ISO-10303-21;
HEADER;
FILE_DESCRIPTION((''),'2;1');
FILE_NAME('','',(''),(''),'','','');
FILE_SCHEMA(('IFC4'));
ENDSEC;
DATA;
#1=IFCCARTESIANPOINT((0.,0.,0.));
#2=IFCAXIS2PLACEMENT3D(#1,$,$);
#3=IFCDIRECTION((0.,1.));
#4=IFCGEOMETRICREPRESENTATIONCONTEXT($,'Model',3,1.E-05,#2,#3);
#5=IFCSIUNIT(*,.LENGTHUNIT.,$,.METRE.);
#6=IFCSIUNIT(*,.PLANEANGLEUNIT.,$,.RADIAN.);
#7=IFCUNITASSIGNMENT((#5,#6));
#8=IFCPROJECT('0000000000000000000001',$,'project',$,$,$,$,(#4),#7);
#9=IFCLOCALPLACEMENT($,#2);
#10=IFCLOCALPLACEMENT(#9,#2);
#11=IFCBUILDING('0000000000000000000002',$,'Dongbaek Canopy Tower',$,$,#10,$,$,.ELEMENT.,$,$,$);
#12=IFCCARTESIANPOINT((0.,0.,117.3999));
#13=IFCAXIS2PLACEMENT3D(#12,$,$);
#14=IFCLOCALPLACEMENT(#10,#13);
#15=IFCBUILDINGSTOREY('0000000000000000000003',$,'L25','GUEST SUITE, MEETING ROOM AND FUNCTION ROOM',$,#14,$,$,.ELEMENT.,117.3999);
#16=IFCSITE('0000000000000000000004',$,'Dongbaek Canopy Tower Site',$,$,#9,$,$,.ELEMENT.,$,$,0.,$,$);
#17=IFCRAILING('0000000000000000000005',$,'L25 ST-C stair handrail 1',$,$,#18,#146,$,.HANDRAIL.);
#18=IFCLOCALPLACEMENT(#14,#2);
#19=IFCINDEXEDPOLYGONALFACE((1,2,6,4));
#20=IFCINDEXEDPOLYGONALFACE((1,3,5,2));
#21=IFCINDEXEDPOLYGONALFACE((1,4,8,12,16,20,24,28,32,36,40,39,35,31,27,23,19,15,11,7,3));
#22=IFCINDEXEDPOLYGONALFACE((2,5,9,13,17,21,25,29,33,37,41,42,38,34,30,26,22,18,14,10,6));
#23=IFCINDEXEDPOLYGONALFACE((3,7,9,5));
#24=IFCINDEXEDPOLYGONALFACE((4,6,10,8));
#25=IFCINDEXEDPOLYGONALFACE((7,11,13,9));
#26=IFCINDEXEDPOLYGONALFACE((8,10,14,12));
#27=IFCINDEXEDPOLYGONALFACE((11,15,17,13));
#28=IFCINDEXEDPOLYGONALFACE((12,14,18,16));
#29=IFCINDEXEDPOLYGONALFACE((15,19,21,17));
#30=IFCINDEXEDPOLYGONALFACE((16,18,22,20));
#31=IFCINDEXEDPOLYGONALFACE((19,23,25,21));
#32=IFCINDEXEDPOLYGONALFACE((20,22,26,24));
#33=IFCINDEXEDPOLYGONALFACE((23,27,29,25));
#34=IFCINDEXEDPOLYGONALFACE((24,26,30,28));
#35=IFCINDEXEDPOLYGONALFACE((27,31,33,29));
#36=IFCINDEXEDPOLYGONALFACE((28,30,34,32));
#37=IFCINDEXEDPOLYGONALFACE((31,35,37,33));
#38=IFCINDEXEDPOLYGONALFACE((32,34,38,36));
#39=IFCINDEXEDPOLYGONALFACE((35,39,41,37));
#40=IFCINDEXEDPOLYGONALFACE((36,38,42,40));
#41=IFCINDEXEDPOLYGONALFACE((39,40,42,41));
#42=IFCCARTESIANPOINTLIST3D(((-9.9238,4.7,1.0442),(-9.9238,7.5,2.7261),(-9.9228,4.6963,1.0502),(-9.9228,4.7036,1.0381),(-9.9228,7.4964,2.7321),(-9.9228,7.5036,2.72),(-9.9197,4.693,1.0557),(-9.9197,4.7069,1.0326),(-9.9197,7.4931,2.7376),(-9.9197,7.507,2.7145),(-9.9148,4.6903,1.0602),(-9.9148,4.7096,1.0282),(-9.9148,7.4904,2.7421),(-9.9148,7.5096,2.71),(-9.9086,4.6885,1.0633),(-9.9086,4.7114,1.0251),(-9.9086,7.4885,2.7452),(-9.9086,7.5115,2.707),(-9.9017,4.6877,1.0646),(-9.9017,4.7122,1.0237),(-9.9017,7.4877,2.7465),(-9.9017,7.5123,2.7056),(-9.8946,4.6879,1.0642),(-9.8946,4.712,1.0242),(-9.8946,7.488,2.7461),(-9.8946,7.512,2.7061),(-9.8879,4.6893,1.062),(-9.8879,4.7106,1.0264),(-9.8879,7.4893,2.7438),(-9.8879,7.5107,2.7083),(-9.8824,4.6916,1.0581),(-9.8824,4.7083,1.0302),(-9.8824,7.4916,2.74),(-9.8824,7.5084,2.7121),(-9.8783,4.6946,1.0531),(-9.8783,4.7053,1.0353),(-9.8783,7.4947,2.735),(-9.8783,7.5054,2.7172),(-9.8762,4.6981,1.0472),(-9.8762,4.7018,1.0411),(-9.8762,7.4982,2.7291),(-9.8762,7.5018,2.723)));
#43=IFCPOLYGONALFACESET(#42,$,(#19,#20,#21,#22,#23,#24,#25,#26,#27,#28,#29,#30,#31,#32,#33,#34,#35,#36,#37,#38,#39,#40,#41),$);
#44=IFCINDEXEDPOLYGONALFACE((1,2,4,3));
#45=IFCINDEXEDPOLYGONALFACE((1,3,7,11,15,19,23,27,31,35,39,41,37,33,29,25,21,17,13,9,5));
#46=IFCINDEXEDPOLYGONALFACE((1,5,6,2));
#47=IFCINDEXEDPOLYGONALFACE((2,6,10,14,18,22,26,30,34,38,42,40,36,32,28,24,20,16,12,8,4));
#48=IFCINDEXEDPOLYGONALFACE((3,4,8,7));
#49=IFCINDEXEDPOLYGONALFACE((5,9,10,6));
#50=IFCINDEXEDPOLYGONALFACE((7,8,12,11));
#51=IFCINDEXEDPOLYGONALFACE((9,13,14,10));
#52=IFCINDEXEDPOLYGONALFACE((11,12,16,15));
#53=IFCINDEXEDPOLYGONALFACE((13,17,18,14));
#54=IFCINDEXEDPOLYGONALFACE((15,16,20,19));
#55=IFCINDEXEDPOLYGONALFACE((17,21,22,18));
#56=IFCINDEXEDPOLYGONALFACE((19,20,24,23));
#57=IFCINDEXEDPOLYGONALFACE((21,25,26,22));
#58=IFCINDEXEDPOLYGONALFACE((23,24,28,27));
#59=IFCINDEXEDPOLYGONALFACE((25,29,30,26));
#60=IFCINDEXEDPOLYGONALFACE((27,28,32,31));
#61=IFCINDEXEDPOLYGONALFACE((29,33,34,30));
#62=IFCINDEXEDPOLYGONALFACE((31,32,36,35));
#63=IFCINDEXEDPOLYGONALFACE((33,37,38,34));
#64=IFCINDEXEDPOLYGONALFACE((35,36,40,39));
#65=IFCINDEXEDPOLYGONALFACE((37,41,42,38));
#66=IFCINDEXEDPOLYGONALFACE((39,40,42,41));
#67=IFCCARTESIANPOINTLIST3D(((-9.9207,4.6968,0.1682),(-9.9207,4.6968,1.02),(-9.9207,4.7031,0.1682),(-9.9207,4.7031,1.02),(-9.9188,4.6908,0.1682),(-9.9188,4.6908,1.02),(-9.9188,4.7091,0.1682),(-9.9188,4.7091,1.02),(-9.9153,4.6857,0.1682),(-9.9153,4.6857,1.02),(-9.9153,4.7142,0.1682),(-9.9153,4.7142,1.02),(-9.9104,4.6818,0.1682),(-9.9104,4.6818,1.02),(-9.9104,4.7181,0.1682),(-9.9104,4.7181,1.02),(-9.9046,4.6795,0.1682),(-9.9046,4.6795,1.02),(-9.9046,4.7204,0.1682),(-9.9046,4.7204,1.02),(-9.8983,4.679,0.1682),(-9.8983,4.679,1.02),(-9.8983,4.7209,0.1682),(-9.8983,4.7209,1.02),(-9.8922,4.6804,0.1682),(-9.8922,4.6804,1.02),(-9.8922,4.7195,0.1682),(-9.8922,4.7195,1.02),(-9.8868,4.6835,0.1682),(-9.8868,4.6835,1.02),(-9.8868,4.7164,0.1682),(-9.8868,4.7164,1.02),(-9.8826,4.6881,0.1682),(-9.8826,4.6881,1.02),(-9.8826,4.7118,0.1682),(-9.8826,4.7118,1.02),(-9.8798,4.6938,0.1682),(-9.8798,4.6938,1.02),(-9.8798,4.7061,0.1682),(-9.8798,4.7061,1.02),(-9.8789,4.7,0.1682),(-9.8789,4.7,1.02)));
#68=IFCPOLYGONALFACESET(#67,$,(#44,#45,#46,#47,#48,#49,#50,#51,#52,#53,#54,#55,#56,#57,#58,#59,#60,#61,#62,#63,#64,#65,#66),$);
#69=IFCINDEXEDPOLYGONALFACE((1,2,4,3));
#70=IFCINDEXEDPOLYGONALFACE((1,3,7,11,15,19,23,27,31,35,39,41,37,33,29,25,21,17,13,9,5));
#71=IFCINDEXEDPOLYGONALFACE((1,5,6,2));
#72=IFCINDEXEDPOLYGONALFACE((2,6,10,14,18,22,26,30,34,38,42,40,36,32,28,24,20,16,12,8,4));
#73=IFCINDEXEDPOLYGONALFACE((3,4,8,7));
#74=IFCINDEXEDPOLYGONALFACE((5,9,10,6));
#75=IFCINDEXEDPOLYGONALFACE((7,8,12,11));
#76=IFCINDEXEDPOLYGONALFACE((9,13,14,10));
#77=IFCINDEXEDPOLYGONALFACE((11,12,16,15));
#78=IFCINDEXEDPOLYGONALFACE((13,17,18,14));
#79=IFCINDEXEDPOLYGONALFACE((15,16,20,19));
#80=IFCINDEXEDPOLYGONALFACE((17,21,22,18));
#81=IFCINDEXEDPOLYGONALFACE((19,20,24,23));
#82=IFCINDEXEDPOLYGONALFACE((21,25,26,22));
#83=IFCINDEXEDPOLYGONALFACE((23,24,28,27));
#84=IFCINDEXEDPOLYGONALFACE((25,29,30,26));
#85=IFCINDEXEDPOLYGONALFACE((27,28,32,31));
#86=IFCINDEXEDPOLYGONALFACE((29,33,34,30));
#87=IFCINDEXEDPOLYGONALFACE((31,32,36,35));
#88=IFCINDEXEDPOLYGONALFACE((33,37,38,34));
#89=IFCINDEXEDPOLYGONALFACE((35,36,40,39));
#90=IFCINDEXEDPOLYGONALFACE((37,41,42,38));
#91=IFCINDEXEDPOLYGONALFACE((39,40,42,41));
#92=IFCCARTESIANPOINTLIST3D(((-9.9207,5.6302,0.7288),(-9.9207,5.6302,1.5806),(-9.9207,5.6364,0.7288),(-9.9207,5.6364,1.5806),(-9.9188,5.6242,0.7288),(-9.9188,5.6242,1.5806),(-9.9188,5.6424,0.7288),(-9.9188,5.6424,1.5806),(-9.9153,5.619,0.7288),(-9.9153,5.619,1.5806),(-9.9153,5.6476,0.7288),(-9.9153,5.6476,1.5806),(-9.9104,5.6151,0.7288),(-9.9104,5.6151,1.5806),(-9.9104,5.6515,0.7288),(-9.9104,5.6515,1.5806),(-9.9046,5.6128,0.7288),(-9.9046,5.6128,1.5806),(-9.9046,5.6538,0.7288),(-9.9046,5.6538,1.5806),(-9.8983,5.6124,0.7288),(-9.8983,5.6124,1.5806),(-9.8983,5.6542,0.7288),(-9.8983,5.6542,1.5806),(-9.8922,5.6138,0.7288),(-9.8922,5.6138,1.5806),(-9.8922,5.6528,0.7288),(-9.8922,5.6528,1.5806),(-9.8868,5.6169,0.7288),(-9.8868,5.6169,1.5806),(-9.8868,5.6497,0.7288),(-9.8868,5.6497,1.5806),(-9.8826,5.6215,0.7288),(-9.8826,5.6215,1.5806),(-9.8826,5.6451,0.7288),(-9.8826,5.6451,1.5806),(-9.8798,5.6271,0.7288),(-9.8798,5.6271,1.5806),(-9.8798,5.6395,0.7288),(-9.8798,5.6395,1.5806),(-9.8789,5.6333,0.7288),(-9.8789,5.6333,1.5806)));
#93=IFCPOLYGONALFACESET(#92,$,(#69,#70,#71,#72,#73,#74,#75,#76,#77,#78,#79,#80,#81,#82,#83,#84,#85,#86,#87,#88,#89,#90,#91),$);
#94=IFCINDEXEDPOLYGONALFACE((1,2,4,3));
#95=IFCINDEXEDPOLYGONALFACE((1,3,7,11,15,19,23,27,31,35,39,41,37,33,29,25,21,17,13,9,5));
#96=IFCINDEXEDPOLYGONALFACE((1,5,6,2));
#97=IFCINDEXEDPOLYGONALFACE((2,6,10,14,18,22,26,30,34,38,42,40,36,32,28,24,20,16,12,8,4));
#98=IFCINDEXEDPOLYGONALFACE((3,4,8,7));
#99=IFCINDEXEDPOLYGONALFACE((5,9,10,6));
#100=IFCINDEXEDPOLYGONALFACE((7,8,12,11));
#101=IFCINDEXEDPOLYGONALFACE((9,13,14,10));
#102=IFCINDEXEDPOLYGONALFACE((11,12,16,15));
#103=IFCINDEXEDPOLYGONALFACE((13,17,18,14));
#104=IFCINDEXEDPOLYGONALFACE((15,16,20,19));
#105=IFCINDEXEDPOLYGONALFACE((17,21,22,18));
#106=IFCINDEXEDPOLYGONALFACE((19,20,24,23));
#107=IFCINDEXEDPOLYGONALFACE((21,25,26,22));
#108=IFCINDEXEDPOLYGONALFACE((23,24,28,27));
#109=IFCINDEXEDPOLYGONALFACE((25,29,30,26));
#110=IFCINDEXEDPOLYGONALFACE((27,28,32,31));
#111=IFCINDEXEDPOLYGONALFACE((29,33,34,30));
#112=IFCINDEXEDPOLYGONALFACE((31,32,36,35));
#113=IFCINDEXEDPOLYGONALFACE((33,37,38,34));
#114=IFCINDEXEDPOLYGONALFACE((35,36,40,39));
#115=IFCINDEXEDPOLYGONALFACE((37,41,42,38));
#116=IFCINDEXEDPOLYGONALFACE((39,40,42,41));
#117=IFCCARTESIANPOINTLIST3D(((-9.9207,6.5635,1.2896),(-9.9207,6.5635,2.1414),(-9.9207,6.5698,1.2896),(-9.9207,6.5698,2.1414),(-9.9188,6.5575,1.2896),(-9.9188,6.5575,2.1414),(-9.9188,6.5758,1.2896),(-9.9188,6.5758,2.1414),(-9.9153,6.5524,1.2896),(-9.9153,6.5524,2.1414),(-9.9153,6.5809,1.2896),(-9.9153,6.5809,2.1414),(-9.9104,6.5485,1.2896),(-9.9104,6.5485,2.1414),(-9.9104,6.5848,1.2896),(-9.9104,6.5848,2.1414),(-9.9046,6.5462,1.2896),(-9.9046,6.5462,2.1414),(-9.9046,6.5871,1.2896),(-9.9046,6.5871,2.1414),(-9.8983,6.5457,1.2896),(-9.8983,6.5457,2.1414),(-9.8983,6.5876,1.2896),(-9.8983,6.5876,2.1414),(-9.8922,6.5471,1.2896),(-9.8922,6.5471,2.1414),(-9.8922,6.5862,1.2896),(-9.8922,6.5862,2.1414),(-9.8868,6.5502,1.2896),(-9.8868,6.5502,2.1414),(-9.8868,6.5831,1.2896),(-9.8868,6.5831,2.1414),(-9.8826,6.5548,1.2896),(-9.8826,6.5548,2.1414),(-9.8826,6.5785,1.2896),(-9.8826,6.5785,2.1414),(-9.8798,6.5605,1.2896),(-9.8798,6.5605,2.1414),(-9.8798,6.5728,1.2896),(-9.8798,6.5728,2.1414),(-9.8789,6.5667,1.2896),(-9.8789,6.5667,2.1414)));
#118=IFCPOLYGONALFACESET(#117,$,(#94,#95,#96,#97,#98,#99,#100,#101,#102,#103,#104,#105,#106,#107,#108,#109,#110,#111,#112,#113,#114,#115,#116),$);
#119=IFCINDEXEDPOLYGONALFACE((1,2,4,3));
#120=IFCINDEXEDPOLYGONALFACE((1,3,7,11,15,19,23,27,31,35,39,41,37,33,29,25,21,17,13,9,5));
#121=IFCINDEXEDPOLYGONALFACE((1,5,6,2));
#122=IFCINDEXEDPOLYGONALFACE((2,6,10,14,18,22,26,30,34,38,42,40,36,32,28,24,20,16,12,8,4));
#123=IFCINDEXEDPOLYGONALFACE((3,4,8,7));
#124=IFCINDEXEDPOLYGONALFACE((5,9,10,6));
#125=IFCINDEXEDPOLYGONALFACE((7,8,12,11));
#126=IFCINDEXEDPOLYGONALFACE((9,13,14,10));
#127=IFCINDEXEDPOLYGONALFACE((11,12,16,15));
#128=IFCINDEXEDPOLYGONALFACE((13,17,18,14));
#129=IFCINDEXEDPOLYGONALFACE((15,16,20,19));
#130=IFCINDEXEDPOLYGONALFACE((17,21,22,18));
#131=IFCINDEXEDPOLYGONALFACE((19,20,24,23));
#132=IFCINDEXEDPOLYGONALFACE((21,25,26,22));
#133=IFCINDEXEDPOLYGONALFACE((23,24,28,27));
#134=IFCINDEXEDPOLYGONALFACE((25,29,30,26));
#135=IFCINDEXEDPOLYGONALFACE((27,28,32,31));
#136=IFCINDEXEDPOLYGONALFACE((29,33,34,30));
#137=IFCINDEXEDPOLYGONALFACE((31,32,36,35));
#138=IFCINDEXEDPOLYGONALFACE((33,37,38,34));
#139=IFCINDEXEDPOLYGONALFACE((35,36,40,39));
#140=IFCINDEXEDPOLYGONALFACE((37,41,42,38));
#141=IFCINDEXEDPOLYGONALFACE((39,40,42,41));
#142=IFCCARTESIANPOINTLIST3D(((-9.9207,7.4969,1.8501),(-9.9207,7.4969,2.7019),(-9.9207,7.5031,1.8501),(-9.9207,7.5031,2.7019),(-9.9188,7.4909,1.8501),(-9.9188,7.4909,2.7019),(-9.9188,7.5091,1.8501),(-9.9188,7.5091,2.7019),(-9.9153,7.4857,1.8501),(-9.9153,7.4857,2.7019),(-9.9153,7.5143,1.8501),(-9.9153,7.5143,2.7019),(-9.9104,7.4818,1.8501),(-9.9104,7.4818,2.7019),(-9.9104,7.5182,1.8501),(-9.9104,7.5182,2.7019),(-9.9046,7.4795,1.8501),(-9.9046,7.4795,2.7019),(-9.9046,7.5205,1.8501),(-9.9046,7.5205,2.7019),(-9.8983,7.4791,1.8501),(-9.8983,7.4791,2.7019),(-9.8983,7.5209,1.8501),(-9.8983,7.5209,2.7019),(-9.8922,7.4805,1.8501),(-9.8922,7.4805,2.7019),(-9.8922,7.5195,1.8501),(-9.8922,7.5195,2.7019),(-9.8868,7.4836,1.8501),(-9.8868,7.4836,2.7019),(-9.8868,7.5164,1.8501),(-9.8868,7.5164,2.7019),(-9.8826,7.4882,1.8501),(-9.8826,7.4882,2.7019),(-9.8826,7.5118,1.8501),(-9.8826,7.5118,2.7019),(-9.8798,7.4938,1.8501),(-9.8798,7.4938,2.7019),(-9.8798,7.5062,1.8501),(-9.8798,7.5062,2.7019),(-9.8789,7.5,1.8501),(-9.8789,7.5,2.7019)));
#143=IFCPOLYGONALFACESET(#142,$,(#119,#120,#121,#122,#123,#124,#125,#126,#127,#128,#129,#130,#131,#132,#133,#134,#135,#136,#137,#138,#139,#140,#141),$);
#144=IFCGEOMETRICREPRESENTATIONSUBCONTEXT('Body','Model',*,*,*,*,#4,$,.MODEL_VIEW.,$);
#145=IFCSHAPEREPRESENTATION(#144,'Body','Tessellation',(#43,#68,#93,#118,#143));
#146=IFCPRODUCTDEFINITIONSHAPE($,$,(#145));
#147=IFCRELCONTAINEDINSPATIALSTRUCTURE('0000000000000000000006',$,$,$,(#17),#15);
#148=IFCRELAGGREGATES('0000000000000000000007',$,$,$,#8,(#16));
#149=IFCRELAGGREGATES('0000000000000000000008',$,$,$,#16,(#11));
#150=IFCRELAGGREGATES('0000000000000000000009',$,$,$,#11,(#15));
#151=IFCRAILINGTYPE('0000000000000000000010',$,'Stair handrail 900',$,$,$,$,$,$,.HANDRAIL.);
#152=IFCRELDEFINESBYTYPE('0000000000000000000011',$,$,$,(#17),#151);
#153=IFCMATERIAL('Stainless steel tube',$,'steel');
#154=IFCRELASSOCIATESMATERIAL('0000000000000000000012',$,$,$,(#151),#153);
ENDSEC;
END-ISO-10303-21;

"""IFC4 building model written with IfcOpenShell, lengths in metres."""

from ifc_helpers import new_model, si_unit, direction, frame, origin, origin_2d, place, context, subcontext, project, spatial, circle, extrude, material, type_object, element, save


model = new_model("IFC4")

# Units and contexts
model_context = context("Model", 3, precision=1e-05, world=origin(), true_north=direction((0.0, 1.0)))
body_context = subcontext(model_context, "Body", "Model", "MODEL_VIEW")
ifc_project = project(units=[si_unit("LENGTHUNIT", "METRE"), si_unit("PLANEANGLEUNIT", "RADIAN")], contexts=[model_context])

# Site, building, storey
site_placement = place(None, origin())
site = spatial("IfcSite", under=ifc_project, at=site_placement, Name="Dongbaek Canopy Tower Site", CompositionType="ELEMENT", RefElevation=0.0)
building_placement = place(site_placement, origin())
building = spatial("IfcBuilding", under=site, at=building_placement, Name="Dongbaek Canopy Tower", CompositionType="ELEMENT")
storey_placement = place(building_placement, frame((0.0, 0.0, 117.3999)))
storey = spatial("IfcBuildingStorey", under=building, at=storey_placement, Name="L25", Description="GUEST SUITE, MEETING ROOM AND FUNCTION ROOM", CompositionType="ELEMENT", Elevation=117.3999)

# Railing
ifc_material_1 = material(Name="Stainless steel tube", Category="steel")
railing_type_1 = type_object("IfcRailingType", Name="Stair handrail 900", PredefinedType="HANDRAIL", material=ifc_material_1)
railing_1_placement = place(storey_placement, frame((-9.8999, 4.7, 0.1682)))
element("IfcRailing", 1, at=railing_1_placement, inside=storey, type_object=railing_type_1, Name="L25 ST-C stair handrail 1", PredefinedType="HANDRAIL", context=body_context, shape_type="SweptSolid", body=[
    extrude(circle(Radius=0.0239, at=origin_2d()), frame((0.0, 0.0, 0.876), z_axis=(0.0, 0.857242, 0.514913), x_axis=(-1.0, 0.0, 0.0)), (0.0, 0.0, 1.0), 3.2664),
    extrude(circle(Radius=0.021, at=origin_2d()), origin(), (0.0, 0.0, 1.0), 0.8518),
    extrude(circle(Radius=0.021, at=origin_2d()), frame((0.0, 0.9333, 0.5605)), (0.0, 0.0, 1.0), 0.8518),
    extrude(circle(Radius=0.021, at=origin_2d()), frame((0.0, 1.8667, 1.1213)), (0.0, 0.0, 1.0), 0.8518),
    extrude(circle(Radius=0.021, at=origin_2d()), frame((0.0, 2.8, 1.6819)), (0.0, 0.0, 1.0), 0.8518),
])

save(model, "model.ifc")
